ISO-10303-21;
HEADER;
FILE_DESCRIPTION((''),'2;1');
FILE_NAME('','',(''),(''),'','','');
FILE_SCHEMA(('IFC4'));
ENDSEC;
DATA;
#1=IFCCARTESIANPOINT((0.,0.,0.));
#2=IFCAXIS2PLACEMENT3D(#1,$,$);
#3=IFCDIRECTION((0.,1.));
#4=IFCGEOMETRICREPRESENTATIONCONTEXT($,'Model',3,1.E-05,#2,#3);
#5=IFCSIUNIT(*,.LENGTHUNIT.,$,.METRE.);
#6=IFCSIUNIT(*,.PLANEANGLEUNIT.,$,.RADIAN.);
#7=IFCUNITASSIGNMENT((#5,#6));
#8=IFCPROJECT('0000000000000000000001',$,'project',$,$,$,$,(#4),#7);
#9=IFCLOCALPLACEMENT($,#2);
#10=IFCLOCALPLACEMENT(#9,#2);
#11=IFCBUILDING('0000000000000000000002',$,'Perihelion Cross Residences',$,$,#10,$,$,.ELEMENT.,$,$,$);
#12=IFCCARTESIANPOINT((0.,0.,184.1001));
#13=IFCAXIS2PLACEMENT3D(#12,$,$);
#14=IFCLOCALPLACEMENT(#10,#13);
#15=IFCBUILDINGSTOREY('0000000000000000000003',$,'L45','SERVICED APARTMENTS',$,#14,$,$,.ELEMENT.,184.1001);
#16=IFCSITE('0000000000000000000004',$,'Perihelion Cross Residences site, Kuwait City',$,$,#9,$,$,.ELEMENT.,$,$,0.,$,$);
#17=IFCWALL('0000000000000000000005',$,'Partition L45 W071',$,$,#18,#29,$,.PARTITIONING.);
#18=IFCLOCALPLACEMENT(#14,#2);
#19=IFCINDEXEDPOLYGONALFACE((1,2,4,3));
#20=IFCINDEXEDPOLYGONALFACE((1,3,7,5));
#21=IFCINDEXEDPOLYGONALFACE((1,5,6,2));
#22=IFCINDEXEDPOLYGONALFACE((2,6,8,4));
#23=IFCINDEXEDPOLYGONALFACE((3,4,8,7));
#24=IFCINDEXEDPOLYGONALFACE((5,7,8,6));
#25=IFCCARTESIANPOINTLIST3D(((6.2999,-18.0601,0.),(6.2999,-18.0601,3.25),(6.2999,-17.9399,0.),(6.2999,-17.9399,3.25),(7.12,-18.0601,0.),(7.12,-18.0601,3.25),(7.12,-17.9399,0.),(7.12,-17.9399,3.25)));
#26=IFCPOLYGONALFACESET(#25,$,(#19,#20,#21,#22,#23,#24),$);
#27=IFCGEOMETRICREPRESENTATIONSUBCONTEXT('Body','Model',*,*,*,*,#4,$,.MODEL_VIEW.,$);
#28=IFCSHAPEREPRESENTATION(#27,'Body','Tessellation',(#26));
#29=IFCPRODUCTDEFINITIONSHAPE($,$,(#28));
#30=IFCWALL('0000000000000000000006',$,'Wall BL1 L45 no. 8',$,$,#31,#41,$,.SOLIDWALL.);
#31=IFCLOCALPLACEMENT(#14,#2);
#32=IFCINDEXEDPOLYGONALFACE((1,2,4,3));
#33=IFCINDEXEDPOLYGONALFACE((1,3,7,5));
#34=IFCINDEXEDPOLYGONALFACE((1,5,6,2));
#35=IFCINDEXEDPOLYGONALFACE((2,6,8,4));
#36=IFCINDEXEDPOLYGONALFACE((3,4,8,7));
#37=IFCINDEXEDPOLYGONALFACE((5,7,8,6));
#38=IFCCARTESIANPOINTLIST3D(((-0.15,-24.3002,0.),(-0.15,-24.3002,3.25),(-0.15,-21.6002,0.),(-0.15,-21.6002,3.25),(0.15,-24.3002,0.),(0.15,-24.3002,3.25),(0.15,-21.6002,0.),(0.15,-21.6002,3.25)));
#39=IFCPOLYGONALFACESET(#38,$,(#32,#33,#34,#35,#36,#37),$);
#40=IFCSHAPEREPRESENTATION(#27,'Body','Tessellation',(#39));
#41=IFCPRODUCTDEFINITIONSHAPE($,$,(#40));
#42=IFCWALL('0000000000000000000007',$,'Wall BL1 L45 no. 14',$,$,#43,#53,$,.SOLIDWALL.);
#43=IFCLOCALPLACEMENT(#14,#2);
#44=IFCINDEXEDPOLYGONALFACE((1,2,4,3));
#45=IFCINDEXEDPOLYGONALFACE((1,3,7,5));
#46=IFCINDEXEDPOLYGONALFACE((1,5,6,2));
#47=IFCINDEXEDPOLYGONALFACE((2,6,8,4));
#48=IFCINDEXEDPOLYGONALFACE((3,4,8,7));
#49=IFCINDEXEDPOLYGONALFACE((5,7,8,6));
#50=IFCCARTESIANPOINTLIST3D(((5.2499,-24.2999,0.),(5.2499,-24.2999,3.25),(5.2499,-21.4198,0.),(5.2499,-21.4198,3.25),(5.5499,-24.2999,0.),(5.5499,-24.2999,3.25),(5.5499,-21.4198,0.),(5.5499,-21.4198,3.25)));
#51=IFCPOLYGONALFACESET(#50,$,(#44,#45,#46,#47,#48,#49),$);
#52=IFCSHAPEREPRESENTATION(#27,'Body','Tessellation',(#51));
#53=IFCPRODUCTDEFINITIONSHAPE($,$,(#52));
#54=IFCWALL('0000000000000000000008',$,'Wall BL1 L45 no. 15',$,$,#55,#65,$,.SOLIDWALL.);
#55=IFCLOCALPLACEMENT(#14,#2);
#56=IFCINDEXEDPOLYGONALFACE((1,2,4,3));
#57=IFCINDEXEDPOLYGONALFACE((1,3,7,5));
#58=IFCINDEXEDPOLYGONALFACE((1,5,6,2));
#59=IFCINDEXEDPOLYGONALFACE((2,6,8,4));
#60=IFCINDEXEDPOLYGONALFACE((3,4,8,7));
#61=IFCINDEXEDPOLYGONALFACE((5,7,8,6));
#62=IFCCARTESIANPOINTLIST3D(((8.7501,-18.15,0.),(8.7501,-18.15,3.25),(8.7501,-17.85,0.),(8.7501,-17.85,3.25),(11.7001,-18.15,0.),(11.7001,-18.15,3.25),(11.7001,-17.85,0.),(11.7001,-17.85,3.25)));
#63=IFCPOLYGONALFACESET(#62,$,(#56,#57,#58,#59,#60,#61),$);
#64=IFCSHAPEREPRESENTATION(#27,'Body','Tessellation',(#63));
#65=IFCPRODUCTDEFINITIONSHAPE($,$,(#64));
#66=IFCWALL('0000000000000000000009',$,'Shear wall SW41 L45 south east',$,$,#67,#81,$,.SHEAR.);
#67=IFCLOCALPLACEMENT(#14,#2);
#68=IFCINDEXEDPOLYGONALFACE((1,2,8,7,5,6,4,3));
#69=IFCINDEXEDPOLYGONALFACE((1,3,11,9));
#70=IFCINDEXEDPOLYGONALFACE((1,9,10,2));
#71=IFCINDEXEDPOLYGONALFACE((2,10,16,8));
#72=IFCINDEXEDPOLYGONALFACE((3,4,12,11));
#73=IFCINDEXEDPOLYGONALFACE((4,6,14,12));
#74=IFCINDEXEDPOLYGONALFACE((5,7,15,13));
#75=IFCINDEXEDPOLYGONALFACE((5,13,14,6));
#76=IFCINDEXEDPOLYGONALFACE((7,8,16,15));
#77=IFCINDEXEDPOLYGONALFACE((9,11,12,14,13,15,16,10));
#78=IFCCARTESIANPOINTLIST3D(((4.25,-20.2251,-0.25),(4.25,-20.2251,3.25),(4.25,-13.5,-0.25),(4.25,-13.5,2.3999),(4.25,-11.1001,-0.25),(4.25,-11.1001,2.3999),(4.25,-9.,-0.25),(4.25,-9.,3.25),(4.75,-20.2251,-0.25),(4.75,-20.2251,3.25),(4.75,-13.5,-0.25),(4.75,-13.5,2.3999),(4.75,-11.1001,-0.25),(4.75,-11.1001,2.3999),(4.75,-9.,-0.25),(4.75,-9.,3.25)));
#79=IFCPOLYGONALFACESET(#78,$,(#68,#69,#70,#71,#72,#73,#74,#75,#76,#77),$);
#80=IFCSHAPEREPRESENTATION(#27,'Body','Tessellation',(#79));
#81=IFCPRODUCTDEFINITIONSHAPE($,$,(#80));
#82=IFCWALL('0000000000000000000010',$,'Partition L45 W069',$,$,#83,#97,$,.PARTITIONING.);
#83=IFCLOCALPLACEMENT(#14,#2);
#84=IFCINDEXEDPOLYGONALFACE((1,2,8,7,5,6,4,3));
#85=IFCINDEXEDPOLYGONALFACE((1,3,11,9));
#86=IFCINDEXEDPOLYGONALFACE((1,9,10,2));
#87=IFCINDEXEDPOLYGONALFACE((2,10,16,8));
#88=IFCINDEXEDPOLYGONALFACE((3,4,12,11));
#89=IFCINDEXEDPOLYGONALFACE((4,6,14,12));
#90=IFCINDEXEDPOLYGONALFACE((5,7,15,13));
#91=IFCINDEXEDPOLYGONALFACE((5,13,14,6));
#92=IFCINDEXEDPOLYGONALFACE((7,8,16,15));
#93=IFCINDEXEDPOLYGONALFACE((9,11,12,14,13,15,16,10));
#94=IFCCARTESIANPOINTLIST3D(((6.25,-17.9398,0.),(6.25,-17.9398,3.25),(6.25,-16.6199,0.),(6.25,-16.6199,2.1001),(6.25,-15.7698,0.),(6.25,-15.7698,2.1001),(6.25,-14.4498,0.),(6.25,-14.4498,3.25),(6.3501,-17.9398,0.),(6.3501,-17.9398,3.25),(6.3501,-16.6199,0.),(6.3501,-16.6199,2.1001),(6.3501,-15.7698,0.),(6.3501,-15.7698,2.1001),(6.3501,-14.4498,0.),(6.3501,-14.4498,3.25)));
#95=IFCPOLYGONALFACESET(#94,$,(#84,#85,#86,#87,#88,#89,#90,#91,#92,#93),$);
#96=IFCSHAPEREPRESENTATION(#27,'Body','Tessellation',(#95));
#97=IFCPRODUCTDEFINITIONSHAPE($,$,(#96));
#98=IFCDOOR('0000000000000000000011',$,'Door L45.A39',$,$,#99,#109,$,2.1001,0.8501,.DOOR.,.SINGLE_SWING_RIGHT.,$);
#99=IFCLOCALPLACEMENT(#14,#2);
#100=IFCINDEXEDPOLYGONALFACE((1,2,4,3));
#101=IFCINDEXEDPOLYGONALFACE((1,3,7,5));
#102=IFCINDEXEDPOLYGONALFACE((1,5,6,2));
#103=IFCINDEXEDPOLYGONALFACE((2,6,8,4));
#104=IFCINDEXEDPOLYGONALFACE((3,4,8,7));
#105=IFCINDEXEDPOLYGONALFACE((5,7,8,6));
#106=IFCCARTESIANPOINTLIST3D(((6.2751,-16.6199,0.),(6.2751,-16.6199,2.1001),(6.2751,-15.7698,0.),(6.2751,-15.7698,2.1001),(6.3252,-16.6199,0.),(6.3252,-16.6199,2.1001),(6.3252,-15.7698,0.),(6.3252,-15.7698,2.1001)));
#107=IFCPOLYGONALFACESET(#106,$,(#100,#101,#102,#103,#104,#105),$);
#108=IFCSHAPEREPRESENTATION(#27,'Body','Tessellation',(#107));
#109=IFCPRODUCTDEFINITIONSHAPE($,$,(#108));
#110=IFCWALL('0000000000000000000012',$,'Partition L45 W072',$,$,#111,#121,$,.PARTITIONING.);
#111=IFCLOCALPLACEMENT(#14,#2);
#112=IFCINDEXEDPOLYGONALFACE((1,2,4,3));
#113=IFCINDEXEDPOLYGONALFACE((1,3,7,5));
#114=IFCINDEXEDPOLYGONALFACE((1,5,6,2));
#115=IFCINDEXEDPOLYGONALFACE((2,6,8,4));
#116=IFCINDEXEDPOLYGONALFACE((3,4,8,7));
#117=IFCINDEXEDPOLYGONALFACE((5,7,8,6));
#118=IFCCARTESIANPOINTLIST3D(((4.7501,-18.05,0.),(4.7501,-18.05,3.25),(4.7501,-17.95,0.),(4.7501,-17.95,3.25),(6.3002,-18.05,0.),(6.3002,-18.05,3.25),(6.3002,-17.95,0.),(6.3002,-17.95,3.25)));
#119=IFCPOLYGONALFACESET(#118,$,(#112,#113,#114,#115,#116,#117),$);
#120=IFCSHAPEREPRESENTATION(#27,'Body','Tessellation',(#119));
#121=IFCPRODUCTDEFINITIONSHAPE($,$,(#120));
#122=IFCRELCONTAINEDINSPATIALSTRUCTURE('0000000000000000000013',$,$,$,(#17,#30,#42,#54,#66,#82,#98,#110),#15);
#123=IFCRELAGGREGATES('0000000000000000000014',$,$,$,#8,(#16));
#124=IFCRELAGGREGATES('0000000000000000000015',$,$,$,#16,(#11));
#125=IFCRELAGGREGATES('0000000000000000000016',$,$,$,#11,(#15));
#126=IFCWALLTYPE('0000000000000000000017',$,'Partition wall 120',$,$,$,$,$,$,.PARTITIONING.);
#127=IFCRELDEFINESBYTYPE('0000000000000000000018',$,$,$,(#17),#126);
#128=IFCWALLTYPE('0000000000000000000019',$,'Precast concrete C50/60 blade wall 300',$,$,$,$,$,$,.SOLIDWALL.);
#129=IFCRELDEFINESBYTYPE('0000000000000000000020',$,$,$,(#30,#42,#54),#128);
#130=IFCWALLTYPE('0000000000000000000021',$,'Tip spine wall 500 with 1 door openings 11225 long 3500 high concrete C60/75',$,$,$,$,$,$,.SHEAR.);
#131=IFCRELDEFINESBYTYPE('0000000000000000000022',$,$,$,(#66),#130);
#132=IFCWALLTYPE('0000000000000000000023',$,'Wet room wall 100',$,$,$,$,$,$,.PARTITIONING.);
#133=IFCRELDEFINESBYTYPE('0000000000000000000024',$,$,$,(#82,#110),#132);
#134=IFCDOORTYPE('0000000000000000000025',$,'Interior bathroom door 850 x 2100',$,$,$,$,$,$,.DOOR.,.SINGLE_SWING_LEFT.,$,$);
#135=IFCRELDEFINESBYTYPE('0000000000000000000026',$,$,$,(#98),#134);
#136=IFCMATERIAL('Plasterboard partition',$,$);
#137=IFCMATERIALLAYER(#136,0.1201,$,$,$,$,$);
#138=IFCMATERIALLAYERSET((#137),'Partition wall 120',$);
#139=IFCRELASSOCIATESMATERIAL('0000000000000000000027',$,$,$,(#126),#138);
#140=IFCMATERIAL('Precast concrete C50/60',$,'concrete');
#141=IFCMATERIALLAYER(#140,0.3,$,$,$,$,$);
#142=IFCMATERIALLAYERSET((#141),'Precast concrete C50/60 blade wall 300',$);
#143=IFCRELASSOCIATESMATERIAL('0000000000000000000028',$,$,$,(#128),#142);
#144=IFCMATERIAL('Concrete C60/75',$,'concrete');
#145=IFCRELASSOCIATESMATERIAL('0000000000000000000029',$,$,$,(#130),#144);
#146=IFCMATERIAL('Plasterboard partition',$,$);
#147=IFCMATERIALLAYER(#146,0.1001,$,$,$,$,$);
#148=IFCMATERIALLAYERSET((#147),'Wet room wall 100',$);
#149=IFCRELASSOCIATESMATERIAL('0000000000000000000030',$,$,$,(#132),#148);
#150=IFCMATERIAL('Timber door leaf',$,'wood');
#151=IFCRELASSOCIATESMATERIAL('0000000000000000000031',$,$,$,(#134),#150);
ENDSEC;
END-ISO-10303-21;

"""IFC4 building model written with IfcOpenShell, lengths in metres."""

from ifc_helpers import new_model, si_unit, direction, frame, frame_2d, origin, place, context, subcontext, project, spatial, polyline, rectangle, outline, extrude, material, layer, layer_set, material_profile, profile_set, type_object, element, fill, save


model = new_model("IFC4")

# Units and contexts
model_context = context("Model", 3, precision=1e-05, world=origin(), true_north=direction((0.0, 1.0)))
body_context = subcontext(model_context, "Body", "Model", "MODEL_VIEW")
ifc_project = project(units=[si_unit("LENGTHUNIT", "METRE"), si_unit("PLANEANGLEUNIT", "RADIAN")], contexts=[model_context])

# Site, building, storey
site_placement = place(None, origin())
site = spatial("IfcSite", under=ifc_project, at=site_placement, Name="Perihelion Cross Residences site, Kuwait City", CompositionType="ELEMENT", RefElevation=0.0)
building_placement = place(site_placement, origin())
building = spatial("IfcBuilding", under=site, at=building_placement, Name="Perihelion Cross Residences", CompositionType="ELEMENT")
storey_placement = place(building_placement, frame((0.0, 0.0, 184.1001)))
storey = spatial("IfcBuildingStorey", under=building, at=storey_placement, Name="L45", Description="SERVICED APARTMENTS", CompositionType="ELEMENT", Elevation=184.1001)

# Shared definitions
ifc_material_1 = material(Name="Plasterboard partition")
ifc_layer_1 = layer(ifc_material_1, 0.1201)
ifc_layer_set_1 = layer_set([ifc_layer_1], Name="Partition wall 120")
wall_type_1 = type_object("IfcWallType", Name="Partition wall 120", PredefinedType="PARTITIONING", material=ifc_layer_set_1)

# Walls
wall_1_placement = place(storey_placement, frame((7.1201, -18.0, 0.0), z_axis=(0.0, 0.0, 1.0), x_axis=(-1.0, 0.0, 0.0)))
element("IfcWall", 1, at=wall_1_placement, inside=storey, type_object=wall_type_1, Name="Partition L45 W071", PredefinedType="PARTITIONING", context=body_context, shape_type="SweptSolid", body=[
    extrude(rectangle(XDim=0.8201, YDim=0.1201, at=frame_2d((0.4102, 0.0))), origin(), (0.0, 0.0, 1.0), 3.25),
])
ifc_material_2 = material(Name="Precast concrete C50/60", Category="concrete")
ifc_layer_2 = layer(ifc_material_2, 0.3)
ifc_layer_set_2 = layer_set([ifc_layer_2], Name="Precast concrete C50/60 blade wall 300")
wall_type_2 = type_object("IfcWallType", Name="Precast concrete C50/60 blade wall 300", PredefinedType="SOLIDWALL", material=ifc_layer_set_2)
wall_2_placement = place(storey_placement, frame((0.0, -21.6001, 0.0), z_axis=(0.0, 0.0, 1.0), x_axis=(0.0, -1.0, 0.0)))
element("IfcWall", 2, at=wall_2_placement, inside=storey, type_object=wall_type_2, Name="Wall BL1 L45 no. 8", PredefinedType="SOLIDWALL", context=body_context, shape_type="SweptSolid", body=[
    extrude(rectangle(XDim=2.7, YDim=0.3, at=frame_2d((1.3501, 0.0))), origin(), (0.0, 0.0, 1.0), 3.25),
])
wall_3_placement = place(storey_placement, frame((5.3999, -21.4199, 0.0), z_axis=(0.0, 0.0, 1.0), x_axis=(0.0, -1.0, 0.0)))
element("IfcWall", 3, at=wall_3_placement, inside=storey, type_object=wall_type_2, Name="Wall BL1 L45 no. 14", PredefinedType="SOLIDWALL", context=body_context, shape_type="SweptSolid", body=[
    extrude(rectangle(XDim=2.8801, YDim=0.3, at=frame_2d((1.4399, 0.0))), origin(), (0.0, 0.0, 1.0), 3.25),
])
wall_4_placement = place(storey_placement, frame((8.75, -18.0, 0.0), z_axis=(0.0, 0.0, 1.0), x_axis=(1.0, 0.0, 0.0)))
element("IfcWall", 4, at=wall_4_placement, inside=storey, type_object=wall_type_2, Name="Wall BL1 L45 no. 15", PredefinedType="SOLIDWALL", context=body_context, shape_type="SweptSolid", body=[
    extrude(rectangle(XDim=2.95, YDim=0.3, at=frame_2d((1.4751, 0.0))), origin(), (0.0, 0.0, 1.0), 3.25),
])
ifc_material_3 = material(Name="Concrete C60/75", Category="concrete")
ifc_material_profile_1 = material_profile(ifc_material_3, outline(polyline([(0.0, 0.0), (6.7251, 0.0), (6.7251, 2.6499), (9.125, 2.6499), (9.125, 0.0), (11.2251, 0.0), (11.2251, 3.5), (0.0, 3.5), (0.0, 0.0)])), Name="Tip spine wall")
ifc_profile_set_1 = profile_set([ifc_material_profile_1], Name="Concrete C60/75")
wall_type_3 = type_object("IfcWallType", Name="Tip spine wall 500 with 1 door openings 11225 long 3500 high concrete C60/75", PredefinedType="SHEAR", material=ifc_profile_set_1)
wall_5_placement = place(storey_placement, frame((4.25, -20.2251, -0.25), z_axis=(1.0, 0.0, 0.0), x_axis=(0.0, 1.0, 0.0)))
element("IfcWall", 5, at=wall_5_placement, inside=storey, type_object=wall_type_3, Name="Shear wall SW41 L45 south east", PredefinedType="SHEAR", context=body_context, shape_type="SweptSolid", body=[
    extrude(outline(polyline([(0.0, 0.0), (6.7251, 0.0), (6.7251, 2.6499), (9.125, 2.6499), (9.125, 0.0), (11.2251, 0.0), (11.2251, 3.5), (0.0, 3.5), (0.0, 0.0)])), origin(), (0.0, 0.0, 1.0), 0.5),
])

# Wall, opening, door
ifc_material_4 = material(Name="Plasterboard partition")
ifc_layer_3 = layer(ifc_material_4, 0.1001)
ifc_layer_set_3 = layer_set([ifc_layer_3], Name="Wet room wall 100")
wall_type_4 = type_object("IfcWallType", Name="Wet room wall 100", PredefinedType="PARTITIONING", material=ifc_layer_set_3)
wall_6_placement = place(storey_placement, frame((6.3, -17.9399, 0.0), z_axis=(0.0, 0.0, 1.0), x_axis=(0.0, 1.0, 0.0)))
wall_6 = element("IfcWall", 6, at=wall_6_placement, inside=storey, type_object=wall_type_4, Name="Partition L45 W069", PredefinedType="PARTITIONING", context=body_context, shape_type="SweptSolid", body=[
    extrude(rectangle(XDim=3.49, YDim=0.1001, at=frame_2d((1.7451, 0.0))), origin(), (0.0, 0.0, 1.0), 3.25),
])
opening_1_placement = place(wall_6_placement, frame((1.3201, 0.0, 0.0)))
opening_1 = element("IfcOpeningElement", 7, at=opening_1_placement, cuts=wall_6, PredefinedType="OPENING", context=body_context, shape_type="SweptSolid", body=[
    extrude(rectangle(XDim=0.8501, YDim=2.1001, at=frame_2d((0.425, 1.05))), frame((0.0, 0.0601, 0.0), z_axis=(0.0, -1.0, 0.0), x_axis=(1.0, 0.0, 0.0)), (0.0, 0.0, 1.0), 0.1201),
])
ifc_material_5 = material(Name="Timber door leaf", Category="wood")
door_type_1 = type_object("IfcDoorType", Name="Interior bathroom door 850 x 2100", OperationType="SINGLE_SWING_LEFT", PredefinedType="DOOR", material=ifc_material_5)
door_1_placement = place(opening_1_placement, origin())
door_1 = element("IfcDoor", 8, at=door_1_placement, inside=storey, type_object=door_type_1, Name="Door L45.A39", OperationType="SINGLE_SWING_RIGHT", OverallHeight=2.1001, OverallWidth=0.8501, PredefinedType="DOOR", context=body_context, shape_type="SweptSolid", body=[
    extrude(rectangle(XDim=0.8501, YDim=2.1001, at=frame_2d((0.425, 1.05))), frame((0.0, 0.0249, 0.0), z_axis=(0.0, -1.0, 0.0), x_axis=(1.0, 0.0, 0.0)), (0.0, 0.0, 1.0), 0.05),
])
fill(opening_1, door_1)

# Wall
wall_7_placement = place(storey_placement, frame((6.3, -18.0, 0.0), z_axis=(0.0, 0.0, 1.0), x_axis=(-1.0, 0.0, 0.0)))
element("IfcWall", 9, at=wall_7_placement, inside=storey, type_object=wall_type_4, Name="Partition L45 W072", PredefinedType="PARTITIONING", context=body_context, shape_type="SweptSolid", body=[
    extrude(rectangle(XDim=1.55, YDim=0.1001, at=frame_2d((0.7749, 0.0))), origin(), (0.0, 0.0, 1.0), 3.25),
])

save(model, "model.ifc")
